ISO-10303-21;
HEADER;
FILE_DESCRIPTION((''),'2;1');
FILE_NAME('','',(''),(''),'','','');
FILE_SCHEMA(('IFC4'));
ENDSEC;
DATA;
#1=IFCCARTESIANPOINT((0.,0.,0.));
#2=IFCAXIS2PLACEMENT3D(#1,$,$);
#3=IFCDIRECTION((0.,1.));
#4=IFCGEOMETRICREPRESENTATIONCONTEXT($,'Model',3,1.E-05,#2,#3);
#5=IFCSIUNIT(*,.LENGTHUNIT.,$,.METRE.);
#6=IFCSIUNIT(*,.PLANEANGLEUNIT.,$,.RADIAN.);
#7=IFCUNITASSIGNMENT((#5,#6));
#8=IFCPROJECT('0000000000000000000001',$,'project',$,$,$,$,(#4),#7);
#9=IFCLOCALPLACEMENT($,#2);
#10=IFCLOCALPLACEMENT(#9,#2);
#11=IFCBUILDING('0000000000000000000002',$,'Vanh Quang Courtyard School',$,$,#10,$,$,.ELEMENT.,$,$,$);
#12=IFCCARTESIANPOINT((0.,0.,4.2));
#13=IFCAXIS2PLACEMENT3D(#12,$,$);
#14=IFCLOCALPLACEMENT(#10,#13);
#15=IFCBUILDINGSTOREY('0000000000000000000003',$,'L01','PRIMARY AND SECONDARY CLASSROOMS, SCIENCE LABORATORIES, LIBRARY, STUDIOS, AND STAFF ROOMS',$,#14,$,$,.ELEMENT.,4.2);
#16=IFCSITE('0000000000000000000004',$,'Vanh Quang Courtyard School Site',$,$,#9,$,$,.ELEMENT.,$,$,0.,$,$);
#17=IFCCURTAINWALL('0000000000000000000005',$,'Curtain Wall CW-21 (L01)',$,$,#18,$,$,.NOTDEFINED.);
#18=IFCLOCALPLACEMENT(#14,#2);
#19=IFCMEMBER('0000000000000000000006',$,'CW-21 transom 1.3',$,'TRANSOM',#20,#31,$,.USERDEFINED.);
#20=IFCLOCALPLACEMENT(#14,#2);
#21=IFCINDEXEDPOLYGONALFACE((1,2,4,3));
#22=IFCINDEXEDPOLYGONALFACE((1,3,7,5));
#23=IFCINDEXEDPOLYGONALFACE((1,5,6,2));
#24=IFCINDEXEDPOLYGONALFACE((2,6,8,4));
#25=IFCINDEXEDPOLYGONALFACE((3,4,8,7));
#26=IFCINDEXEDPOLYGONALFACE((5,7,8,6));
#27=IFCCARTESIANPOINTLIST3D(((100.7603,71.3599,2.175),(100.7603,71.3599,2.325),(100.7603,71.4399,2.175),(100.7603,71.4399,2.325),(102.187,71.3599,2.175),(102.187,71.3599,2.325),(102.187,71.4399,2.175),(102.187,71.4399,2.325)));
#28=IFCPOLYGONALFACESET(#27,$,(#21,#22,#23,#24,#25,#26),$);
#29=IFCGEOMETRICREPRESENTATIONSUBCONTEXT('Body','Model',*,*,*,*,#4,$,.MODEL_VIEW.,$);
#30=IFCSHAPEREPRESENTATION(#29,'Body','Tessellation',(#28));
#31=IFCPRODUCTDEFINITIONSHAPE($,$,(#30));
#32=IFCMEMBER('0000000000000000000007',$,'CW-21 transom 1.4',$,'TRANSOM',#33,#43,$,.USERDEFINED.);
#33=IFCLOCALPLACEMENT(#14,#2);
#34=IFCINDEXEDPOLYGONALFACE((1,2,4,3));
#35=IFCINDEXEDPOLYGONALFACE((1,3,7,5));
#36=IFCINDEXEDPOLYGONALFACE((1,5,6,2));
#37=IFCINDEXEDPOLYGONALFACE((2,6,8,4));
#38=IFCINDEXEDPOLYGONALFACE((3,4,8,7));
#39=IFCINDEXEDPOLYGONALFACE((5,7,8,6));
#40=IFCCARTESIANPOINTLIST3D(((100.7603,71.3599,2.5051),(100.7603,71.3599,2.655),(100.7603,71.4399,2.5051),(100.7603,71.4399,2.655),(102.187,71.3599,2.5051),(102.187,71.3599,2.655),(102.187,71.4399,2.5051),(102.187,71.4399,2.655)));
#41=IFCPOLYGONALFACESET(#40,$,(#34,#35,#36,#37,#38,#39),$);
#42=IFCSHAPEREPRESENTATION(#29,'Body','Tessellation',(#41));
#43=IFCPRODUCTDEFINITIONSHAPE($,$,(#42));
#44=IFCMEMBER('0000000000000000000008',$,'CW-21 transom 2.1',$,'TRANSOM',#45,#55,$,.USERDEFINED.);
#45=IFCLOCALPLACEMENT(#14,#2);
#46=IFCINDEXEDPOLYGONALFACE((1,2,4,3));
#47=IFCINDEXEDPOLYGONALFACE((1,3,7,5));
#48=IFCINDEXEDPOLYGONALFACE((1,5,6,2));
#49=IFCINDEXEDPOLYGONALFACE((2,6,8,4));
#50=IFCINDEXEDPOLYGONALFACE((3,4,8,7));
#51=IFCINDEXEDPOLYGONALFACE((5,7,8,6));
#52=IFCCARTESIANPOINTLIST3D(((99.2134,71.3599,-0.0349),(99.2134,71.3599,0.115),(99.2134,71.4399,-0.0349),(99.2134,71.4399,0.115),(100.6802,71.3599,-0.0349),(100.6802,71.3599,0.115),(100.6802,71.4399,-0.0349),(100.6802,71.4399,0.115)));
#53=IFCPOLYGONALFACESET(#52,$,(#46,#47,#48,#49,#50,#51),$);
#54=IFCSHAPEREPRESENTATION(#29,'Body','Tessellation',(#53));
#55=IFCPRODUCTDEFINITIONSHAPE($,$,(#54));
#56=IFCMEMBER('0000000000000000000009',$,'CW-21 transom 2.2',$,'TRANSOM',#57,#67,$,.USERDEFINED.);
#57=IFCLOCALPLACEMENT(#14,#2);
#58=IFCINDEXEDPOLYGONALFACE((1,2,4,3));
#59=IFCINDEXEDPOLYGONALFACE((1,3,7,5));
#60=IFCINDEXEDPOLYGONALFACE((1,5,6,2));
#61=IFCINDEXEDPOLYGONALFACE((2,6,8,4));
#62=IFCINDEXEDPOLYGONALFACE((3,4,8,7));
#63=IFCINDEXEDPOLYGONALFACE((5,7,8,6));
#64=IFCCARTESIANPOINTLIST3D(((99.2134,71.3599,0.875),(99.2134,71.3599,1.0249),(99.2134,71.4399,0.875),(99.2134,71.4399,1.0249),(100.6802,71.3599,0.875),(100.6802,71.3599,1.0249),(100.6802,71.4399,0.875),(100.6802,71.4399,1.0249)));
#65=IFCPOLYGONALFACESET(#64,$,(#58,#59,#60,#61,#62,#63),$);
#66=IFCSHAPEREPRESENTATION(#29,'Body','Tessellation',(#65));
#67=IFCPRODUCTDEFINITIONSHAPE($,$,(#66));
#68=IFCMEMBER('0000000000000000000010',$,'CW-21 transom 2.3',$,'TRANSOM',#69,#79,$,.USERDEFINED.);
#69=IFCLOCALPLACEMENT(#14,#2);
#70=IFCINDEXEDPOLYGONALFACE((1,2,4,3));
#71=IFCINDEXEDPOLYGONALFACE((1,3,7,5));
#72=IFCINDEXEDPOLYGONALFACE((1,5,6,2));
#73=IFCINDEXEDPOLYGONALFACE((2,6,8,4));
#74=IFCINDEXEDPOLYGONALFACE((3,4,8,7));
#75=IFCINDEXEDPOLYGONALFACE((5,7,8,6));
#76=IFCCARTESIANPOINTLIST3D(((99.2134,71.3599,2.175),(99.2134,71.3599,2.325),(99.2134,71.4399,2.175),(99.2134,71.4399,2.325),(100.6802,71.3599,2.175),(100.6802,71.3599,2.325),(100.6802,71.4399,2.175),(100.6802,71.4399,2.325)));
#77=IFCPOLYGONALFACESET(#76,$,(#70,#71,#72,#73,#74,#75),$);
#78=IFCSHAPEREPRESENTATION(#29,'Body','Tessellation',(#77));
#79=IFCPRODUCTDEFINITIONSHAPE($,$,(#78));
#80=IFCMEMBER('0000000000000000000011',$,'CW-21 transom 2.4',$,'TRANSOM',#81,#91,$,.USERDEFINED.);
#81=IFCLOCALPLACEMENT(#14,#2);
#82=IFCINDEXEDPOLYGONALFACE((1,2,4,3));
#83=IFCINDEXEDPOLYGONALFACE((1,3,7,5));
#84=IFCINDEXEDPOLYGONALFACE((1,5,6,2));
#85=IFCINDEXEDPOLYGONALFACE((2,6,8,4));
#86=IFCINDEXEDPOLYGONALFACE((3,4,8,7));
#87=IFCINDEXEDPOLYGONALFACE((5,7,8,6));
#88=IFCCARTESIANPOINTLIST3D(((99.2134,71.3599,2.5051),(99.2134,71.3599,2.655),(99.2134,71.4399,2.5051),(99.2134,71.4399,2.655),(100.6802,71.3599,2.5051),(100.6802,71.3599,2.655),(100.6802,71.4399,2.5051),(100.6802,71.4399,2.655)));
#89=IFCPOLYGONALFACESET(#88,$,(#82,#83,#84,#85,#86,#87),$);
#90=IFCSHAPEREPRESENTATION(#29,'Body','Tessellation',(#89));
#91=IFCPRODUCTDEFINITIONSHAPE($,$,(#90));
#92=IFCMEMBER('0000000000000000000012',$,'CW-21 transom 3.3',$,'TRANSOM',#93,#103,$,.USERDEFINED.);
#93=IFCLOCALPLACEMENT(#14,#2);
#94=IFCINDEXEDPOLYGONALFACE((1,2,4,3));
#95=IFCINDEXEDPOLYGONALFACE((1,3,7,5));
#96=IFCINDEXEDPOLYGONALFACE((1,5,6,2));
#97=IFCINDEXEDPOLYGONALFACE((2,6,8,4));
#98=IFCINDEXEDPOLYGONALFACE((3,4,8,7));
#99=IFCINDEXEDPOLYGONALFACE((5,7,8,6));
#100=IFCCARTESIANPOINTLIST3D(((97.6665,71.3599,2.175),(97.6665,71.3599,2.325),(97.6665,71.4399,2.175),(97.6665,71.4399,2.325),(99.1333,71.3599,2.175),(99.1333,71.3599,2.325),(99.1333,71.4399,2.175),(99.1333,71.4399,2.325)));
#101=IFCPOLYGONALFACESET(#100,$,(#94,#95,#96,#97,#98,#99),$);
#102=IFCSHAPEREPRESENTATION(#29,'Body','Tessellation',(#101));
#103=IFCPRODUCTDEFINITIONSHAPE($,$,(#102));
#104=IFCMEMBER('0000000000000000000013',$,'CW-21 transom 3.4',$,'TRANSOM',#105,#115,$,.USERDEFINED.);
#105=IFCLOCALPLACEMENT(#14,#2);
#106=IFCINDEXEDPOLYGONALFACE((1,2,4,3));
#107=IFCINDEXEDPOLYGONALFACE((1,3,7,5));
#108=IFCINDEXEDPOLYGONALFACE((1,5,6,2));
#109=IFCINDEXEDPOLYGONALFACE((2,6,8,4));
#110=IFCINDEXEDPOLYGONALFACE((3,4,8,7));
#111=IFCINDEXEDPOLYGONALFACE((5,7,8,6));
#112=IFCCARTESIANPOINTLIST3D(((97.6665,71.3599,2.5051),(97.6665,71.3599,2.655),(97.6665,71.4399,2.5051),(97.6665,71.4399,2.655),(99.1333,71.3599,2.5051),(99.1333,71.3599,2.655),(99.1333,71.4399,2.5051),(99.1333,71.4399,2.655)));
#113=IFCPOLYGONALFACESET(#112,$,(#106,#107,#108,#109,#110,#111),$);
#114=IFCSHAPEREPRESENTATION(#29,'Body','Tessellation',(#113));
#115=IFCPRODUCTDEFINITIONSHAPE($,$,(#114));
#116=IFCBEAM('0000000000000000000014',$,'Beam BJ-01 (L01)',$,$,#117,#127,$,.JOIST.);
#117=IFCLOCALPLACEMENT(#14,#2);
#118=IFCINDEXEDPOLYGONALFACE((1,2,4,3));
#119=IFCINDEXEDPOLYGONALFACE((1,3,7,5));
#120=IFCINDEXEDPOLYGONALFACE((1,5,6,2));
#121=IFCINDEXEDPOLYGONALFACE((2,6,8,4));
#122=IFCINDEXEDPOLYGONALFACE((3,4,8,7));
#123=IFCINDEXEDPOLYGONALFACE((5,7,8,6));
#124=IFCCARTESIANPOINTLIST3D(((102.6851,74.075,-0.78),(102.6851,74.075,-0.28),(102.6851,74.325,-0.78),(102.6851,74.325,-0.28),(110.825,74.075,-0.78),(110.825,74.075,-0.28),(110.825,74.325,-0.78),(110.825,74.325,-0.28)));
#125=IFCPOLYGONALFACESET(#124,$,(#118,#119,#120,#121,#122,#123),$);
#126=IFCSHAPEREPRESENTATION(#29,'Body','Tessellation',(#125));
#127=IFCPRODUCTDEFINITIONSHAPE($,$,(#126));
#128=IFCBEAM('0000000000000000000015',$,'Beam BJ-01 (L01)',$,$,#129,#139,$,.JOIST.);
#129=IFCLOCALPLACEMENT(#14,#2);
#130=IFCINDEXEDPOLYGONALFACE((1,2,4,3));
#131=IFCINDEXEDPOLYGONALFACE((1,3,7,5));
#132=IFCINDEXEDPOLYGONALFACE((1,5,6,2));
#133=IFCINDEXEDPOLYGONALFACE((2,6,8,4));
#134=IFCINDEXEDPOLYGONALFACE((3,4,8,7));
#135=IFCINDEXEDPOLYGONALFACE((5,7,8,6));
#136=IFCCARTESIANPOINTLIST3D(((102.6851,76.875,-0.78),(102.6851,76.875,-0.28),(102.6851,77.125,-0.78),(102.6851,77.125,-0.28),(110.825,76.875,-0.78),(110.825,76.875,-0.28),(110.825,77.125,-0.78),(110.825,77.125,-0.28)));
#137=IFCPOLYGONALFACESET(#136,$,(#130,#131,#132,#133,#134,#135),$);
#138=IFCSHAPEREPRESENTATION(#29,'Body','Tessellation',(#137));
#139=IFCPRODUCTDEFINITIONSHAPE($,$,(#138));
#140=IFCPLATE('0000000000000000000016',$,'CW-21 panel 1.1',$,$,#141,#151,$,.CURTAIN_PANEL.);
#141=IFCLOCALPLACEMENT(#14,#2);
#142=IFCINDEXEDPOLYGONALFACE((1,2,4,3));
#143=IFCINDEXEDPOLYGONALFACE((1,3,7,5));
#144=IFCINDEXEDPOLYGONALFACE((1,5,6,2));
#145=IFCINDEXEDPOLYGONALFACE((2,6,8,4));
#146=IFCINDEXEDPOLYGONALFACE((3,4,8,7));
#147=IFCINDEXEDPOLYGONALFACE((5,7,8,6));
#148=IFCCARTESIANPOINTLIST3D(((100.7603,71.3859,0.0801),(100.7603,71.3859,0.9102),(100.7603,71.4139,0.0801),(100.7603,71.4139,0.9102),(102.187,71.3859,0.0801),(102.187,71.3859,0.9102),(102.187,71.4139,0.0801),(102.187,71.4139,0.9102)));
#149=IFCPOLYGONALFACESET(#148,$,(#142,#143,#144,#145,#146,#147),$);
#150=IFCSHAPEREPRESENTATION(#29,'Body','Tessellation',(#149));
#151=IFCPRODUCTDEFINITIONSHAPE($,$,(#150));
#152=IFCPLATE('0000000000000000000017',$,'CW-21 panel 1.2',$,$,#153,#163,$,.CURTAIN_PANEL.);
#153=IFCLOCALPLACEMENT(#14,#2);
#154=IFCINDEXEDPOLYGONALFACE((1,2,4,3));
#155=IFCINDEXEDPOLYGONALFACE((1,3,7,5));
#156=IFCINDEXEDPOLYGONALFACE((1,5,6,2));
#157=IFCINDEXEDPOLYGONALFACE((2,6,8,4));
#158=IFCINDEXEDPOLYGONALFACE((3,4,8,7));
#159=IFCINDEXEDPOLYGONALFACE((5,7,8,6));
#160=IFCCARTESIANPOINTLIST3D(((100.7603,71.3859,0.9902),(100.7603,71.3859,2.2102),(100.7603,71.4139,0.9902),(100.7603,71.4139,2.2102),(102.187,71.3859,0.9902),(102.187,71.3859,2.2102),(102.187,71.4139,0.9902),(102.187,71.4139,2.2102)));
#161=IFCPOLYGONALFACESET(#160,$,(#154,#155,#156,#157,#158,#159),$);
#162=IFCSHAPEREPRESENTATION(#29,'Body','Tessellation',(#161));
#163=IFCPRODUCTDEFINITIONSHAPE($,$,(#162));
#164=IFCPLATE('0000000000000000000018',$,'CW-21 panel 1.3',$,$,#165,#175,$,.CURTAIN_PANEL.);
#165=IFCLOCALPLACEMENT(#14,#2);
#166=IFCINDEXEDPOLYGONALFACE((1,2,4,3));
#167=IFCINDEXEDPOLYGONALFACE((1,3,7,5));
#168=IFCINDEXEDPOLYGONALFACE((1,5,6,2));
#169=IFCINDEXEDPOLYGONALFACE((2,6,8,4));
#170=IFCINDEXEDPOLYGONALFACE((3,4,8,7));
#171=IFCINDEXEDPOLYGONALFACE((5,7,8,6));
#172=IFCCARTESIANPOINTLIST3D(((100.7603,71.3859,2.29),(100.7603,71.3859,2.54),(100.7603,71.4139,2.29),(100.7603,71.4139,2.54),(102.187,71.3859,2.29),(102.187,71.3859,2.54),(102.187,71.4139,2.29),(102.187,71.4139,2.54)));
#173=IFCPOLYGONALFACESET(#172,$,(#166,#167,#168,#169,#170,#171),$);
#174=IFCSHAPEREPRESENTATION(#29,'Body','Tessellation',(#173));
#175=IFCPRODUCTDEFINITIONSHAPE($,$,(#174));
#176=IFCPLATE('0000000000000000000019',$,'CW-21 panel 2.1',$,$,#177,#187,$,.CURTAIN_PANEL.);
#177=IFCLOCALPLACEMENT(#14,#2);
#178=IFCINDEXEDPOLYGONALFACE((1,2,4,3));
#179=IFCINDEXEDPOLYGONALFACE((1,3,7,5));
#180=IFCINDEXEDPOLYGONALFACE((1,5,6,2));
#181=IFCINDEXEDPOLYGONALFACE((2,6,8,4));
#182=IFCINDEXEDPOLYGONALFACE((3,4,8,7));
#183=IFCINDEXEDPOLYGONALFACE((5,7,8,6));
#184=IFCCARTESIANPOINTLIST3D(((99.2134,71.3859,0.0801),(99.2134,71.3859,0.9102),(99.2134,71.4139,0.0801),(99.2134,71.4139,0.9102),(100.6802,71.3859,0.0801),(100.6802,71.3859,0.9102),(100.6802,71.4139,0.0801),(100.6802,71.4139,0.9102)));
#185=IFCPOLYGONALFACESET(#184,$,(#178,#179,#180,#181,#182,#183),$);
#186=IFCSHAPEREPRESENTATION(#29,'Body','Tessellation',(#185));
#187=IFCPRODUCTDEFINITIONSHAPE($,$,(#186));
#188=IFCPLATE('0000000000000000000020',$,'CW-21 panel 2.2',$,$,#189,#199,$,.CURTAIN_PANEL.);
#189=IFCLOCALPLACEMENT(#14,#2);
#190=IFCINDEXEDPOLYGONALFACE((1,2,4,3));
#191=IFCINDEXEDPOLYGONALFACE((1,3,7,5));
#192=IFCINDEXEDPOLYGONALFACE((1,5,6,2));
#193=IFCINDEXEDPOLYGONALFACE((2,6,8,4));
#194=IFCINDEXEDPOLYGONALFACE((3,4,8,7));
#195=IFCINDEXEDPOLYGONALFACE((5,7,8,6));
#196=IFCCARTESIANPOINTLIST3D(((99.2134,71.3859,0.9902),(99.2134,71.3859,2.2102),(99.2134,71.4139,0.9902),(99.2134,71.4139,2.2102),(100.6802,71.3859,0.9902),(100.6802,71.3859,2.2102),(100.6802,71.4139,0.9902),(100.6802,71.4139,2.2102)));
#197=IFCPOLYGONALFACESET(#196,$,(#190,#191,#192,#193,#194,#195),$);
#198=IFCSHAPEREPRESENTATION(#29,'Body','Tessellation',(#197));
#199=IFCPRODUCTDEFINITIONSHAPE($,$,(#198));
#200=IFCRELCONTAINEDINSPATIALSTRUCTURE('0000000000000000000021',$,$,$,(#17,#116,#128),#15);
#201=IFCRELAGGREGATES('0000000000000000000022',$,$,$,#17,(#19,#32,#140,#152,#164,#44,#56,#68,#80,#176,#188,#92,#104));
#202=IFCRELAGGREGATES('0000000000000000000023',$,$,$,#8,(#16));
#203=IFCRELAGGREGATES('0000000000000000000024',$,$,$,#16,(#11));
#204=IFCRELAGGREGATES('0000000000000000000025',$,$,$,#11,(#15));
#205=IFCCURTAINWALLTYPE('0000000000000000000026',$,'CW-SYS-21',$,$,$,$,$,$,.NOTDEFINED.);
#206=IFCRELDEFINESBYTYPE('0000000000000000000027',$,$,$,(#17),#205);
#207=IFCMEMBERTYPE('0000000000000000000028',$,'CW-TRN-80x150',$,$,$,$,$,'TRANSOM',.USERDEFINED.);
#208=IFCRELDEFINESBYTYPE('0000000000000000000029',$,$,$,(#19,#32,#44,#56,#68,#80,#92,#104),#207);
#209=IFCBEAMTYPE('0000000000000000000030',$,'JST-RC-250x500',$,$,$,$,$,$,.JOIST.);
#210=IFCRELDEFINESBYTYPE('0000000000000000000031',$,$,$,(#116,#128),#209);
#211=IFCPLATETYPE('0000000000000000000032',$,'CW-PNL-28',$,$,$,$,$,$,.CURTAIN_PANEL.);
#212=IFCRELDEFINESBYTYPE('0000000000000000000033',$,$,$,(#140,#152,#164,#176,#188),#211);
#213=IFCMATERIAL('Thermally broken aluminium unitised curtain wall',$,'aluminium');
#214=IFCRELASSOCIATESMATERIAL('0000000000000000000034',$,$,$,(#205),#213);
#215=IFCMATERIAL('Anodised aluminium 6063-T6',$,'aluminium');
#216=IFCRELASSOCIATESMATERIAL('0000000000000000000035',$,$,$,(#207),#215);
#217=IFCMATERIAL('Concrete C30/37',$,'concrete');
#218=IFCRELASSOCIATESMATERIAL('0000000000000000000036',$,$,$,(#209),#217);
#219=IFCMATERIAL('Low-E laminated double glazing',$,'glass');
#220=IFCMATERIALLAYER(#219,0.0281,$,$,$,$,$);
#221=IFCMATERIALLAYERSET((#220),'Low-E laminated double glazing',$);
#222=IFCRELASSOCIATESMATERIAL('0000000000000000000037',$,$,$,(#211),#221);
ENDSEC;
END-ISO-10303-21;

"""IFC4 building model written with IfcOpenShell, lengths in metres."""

from ifc_helpers import new_model, si_unit, direction, frame, origin, origin_2d, place, context, subcontext, project, spatial, rectangle, extrude, material, layer, layer_set, material_profile, profile_set, type_object, element, aggregate, save


model = new_model("IFC4")

# Units and contexts
model_context = context("Model", 3, precision=1e-05, world=origin(), true_north=direction((0.0, 1.0)))
body_context = subcontext(model_context, "Body", "Model", "MODEL_VIEW")
ifc_project = project(units=[si_unit("LENGTHUNIT", "METRE"), si_unit("PLANEANGLEUNIT", "RADIAN")], contexts=[model_context])

# Site, building, storey
site_placement = place(None, origin())
site = spatial("IfcSite", under=ifc_project, at=site_placement, Name="Vanh Quang Courtyard School Site", CompositionType="ELEMENT", RefElevation=0.0)
building_placement = place(site_placement, origin())
building = spatial("IfcBuilding", under=site, at=building_placement, Name="Vanh Quang Courtyard School", CompositionType="ELEMENT")
storey_placement = place(building_placement, frame((0.0, 0.0, 4.2)))
storey = spatial("IfcBuildingStorey", under=building, at=storey_placement, Name="L01", Description="PRIMARY AND SECONDARY CLASSROOMS, SCIENCE LABORATORIES, LIBRARY, STUDIOS, AND STAFF ROOMS", CompositionType="ELEMENT", Elevation=4.2)

# Curtain wall, members
ifc_material_1 = material(Name="Thermally broken aluminium unitised curtain wall", Category="aluminium")
curtain_wall_type = type_object("IfcCurtainWallType", Name="CW-SYS-21", PredefinedType="NOTDEFINED", material=ifc_material_1)
curtain_wall_placement = place(storey_placement, origin())
curtain_wall = element("IfcCurtainWall", 1, at=curtain_wall_placement, inside=storey, type_object=curtain_wall_type, Name="Curtain Wall CW-21 (L01)", PredefinedType="NOTDEFINED")
ifc_material_2 = material(Name="Anodised aluminium 6063-T6", Category="aluminium")
ifc_material_profile_1 = material_profile(ifc_material_2, rectangle(XDim=0.0801, YDim=0.1499, at=origin_2d()), Name="ALU-TRN 80x150")
ifc_profile_set_1 = profile_set([ifc_material_profile_1], Name="Anodised aluminium 6063-T6")
member_type_1 = type_object("IfcMemberType", Name="CW-TRN-80x150", ElementType="TRANSOM", PredefinedType="USERDEFINED", material=ifc_profile_set_1)
member_1_placement = place(storey_placement, frame((102.187, 71.3999, 2.25), z_axis=(-1.0, 0.0, 0.0), x_axis=(0.0, -1.0, 0.0)))
member_1 = element("IfcMember", 2, at=member_1_placement, type_object=member_type_1, Name="CW-21 transom 1.3", ObjectType="TRANSOM", PredefinedType="USERDEFINED", context=body_context, shape_type="SweptSolid", body=[
    extrude(rectangle(XDim=0.0801, YDim=0.1499, at=origin_2d()), origin(), (0.0, 0.0, 1.0), 1.4268),
])
member_2_placement = place(storey_placement, frame((102.187, 71.3999, 2.5801), z_axis=(-1.0, 0.0, 0.0), x_axis=(0.0, -1.0, 0.0)))
member_2 = element("IfcMember", 3, at=member_2_placement, type_object=member_type_1, Name="CW-21 transom 1.4", ObjectType="TRANSOM", PredefinedType="USERDEFINED", context=body_context, shape_type="SweptSolid", body=[
    extrude(rectangle(XDim=0.0801, YDim=0.1499, at=origin_2d()), origin(), (0.0, 0.0, 1.0), 1.4268),
])
member_3_placement = place(storey_placement, frame((100.6802, 71.3999, 0.04), z_axis=(-1.0, 0.0, 0.0), x_axis=(0.0, -1.0, 0.0)))
member_3 = element("IfcMember", 4, at=member_3_placement, type_object=member_type_1, Name="CW-21 transom 2.1", ObjectType="TRANSOM", PredefinedType="USERDEFINED", context=body_context, shape_type="SweptSolid", body=[
    extrude(rectangle(XDim=0.0801, YDim=0.1499, at=origin_2d()), origin(), (0.0, 0.0, 1.0), 1.4668),
])
member_4_placement = place(storey_placement, frame((100.6802, 71.3999, 0.95), z_axis=(-1.0, 0.0, 0.0), x_axis=(0.0, -1.0, 0.0)))
member_4 = element("IfcMember", 5, at=member_4_placement, type_object=member_type_1, Name="CW-21 transom 2.2", ObjectType="TRANSOM", PredefinedType="USERDEFINED", context=body_context, shape_type="SweptSolid", body=[
    extrude(rectangle(XDim=0.0801, YDim=0.1499, at=origin_2d()), origin(), (0.0, 0.0, 1.0), 1.4668),
])
member_5_placement = place(storey_placement, frame((100.6802, 71.3999, 2.25), z_axis=(-1.0, 0.0, 0.0), x_axis=(0.0, -1.0, 0.0)))
member_5 = element("IfcMember", 6, at=member_5_placement, type_object=member_type_1, Name="CW-21 transom 2.3", ObjectType="TRANSOM", PredefinedType="USERDEFINED", context=body_context, shape_type="SweptSolid", body=[
    extrude(rectangle(XDim=0.0801, YDim=0.1499, at=origin_2d()), origin(), (0.0, 0.0, 1.0), 1.4668),
])
member_6_placement = place(storey_placement, frame((100.6802, 71.3999, 2.5801), z_axis=(-1.0, 0.0, 0.0), x_axis=(0.0, -1.0, 0.0)))
member_6 = element("IfcMember", 7, at=member_6_placement, type_object=member_type_1, Name="CW-21 transom 2.4", ObjectType="TRANSOM", PredefinedType="USERDEFINED", context=body_context, shape_type="SweptSolid", body=[
    extrude(rectangle(XDim=0.0801, YDim=0.1499, at=origin_2d()), origin(), (0.0, 0.0, 1.0), 1.4668),
])
member_7_placement = place(storey_placement, frame((99.1333, 71.3999, 2.25), z_axis=(-1.0, 0.0, 0.0), x_axis=(0.0, -1.0, 0.0)))
member_7 = element("IfcMember", 8, at=member_7_placement, type_object=member_type_1, Name="CW-21 transom 3.3", ObjectType="TRANSOM", PredefinedType="USERDEFINED", context=body_context, shape_type="SweptSolid", body=[
    extrude(rectangle(XDim=0.0801, YDim=0.1499, at=origin_2d()), origin(), (0.0, 0.0, 1.0), 1.4668),
])
member_8_placement = place(storey_placement, frame((99.1333, 71.3999, 2.5801), z_axis=(-1.0, 0.0, 0.0), x_axis=(0.0, -1.0, 0.0)))
member_8 = element("IfcMember", 9, at=member_8_placement, type_object=member_type_1, Name="CW-21 transom 3.4", ObjectType="TRANSOM", PredefinedType="USERDEFINED", context=body_context, shape_type="SweptSolid", body=[
    extrude(rectangle(XDim=0.0801, YDim=0.1499, at=origin_2d()), origin(), (0.0, 0.0, 1.0), 1.4668),
])

# Beams
ifc_material_3 = material(Name="Concrete C30/37", Category="concrete")
ifc_material_profile_2 = material_profile(ifc_material_3, rectangle(XDim=0.25, YDim=0.5, at=origin_2d()), Name="RC-JST 250x500")
ifc_profile_set_2 = profile_set([ifc_material_profile_2], Name="Concrete C30/37")
beam_type_1 = type_object("IfcBeamType", Name="JST-RC-250x500", PredefinedType="JOIST", material=ifc_profile_set_2)
for number, where, z_axis, x_axis, name in (
    (10, (102.6851, 74.2, -0.53), (1.0, 0.0, 0.0), (0.0, 1.0, 0.0), "Beam BJ-01 (L01)"),
    (11, (102.6851, 77.0, -0.53), (1.0, 0.0, 0.0), (0.0, 1.0, 0.0), "Beam BJ-01 (L01)"),
):
    element("IfcBeam", number, at=place(storey_placement, frame(where, z_axis=z_axis, x_axis=x_axis)), inside=storey, type_object=beam_type_1, Name=name, PredefinedType="JOIST", context=body_context, shape_type="SweptSolid", body=[
        extrude(rectangle(XDim=0.25, YDim=0.5, at=origin_2d()), origin(), (0.0, 0.0, 1.0), 8.1399),
    ])

# Plates
ifc_material_4 = material(Name="Low-E laminated double glazing", Category="glass")
ifc_layer_1 = layer(ifc_material_4, 0.0281)
ifc_layer_set_1 = layer_set([ifc_layer_1], Name="Low-E laminated double glazing")
plate_type = type_object("IfcPlateType", Name="CW-PNL-28", PredefinedType="CURTAIN_PANEL", material=ifc_layer_set_1)
plate_1_placement = place(storey_placement, frame((101.4736, 71.3999, 0.0801), z_axis=(0.0, 0.0, 1.0), x_axis=(-1.0, 0.0, 0.0)))
plate_1 = element("IfcPlate", 12, at=plate_1_placement, type_object=plate_type, Name="CW-21 panel 1.1", PredefinedType="CURTAIN_PANEL", context=body_context, shape_type="SweptSolid", body=[
    extrude(rectangle(XDim=1.4268, YDim=0.0281, at=origin_2d()), origin(), (0.0, 0.0, 1.0), 0.8301),
])
plate_2_placement = place(storey_placement, frame((101.4736, 71.3999, 0.9902), z_axis=(0.0, 0.0, 1.0), x_axis=(-1.0, 0.0, 0.0)))
plate_2 = element("IfcPlate", 13, at=plate_2_placement, type_object=plate_type, Name="CW-21 panel 1.2", PredefinedType="CURTAIN_PANEL", context=body_context, shape_type="SweptSolid", body=[
    extrude(rectangle(XDim=1.4268, YDim=0.0281, at=origin_2d()), origin(), (0.0, 0.0, 1.0), 1.22),
])
plate_3_placement = place(storey_placement, frame((101.4736, 71.3999, 2.29), z_axis=(0.0, 0.0, 1.0), x_axis=(-1.0, 0.0, 0.0)))
plate_3 = element("IfcPlate", 14, at=plate_3_placement, type_object=plate_type, Name="CW-21 panel 1.3", PredefinedType="CURTAIN_PANEL", context=body_context, shape_type="SweptSolid", body=[
    extrude(rectangle(XDim=1.4268, YDim=0.0281, at=origin_2d()), origin(), (0.0, 0.0, 1.0), 0.25),
])
plate_4_placement = place(storey_placement, frame((99.9468, 71.3999, 0.0801), z_axis=(0.0, 0.0, 1.0), x_axis=(-1.0, 0.0, 0.0)))
plate_4 = element("IfcPlate", 15, at=plate_4_placement, type_object=plate_type, Name="CW-21 panel 2.1", PredefinedType="CURTAIN_PANEL", context=body_context, shape_type="SweptSolid", body=[
    extrude(rectangle(XDim=1.4668, YDim=0.0281, at=origin_2d()), origin(), (0.0, 0.0, 1.0), 0.8301),
])
plate_5_placement = place(storey_placement, frame((99.9468, 71.3999, 0.9902), z_axis=(0.0, 0.0, 1.0), x_axis=(-1.0, 0.0, 0.0)))
plate_5 = element("IfcPlate", 16, at=plate_5_placement, type_object=plate_type, Name="CW-21 panel 2.2", PredefinedType="CURTAIN_PANEL", context=body_context, shape_type="SweptSolid", body=[
    extrude(rectangle(XDim=1.4668, YDim=0.0281, at=origin_2d()), origin(), (0.0, 0.0, 1.0), 1.22),
])
aggregate(curtain_wall, [member_1, member_2, plate_1, plate_2, plate_3, member_3, member_4, member_5, member_6, plate_4, plate_5, member_7, member_8])

save(model, "model.ifc")
